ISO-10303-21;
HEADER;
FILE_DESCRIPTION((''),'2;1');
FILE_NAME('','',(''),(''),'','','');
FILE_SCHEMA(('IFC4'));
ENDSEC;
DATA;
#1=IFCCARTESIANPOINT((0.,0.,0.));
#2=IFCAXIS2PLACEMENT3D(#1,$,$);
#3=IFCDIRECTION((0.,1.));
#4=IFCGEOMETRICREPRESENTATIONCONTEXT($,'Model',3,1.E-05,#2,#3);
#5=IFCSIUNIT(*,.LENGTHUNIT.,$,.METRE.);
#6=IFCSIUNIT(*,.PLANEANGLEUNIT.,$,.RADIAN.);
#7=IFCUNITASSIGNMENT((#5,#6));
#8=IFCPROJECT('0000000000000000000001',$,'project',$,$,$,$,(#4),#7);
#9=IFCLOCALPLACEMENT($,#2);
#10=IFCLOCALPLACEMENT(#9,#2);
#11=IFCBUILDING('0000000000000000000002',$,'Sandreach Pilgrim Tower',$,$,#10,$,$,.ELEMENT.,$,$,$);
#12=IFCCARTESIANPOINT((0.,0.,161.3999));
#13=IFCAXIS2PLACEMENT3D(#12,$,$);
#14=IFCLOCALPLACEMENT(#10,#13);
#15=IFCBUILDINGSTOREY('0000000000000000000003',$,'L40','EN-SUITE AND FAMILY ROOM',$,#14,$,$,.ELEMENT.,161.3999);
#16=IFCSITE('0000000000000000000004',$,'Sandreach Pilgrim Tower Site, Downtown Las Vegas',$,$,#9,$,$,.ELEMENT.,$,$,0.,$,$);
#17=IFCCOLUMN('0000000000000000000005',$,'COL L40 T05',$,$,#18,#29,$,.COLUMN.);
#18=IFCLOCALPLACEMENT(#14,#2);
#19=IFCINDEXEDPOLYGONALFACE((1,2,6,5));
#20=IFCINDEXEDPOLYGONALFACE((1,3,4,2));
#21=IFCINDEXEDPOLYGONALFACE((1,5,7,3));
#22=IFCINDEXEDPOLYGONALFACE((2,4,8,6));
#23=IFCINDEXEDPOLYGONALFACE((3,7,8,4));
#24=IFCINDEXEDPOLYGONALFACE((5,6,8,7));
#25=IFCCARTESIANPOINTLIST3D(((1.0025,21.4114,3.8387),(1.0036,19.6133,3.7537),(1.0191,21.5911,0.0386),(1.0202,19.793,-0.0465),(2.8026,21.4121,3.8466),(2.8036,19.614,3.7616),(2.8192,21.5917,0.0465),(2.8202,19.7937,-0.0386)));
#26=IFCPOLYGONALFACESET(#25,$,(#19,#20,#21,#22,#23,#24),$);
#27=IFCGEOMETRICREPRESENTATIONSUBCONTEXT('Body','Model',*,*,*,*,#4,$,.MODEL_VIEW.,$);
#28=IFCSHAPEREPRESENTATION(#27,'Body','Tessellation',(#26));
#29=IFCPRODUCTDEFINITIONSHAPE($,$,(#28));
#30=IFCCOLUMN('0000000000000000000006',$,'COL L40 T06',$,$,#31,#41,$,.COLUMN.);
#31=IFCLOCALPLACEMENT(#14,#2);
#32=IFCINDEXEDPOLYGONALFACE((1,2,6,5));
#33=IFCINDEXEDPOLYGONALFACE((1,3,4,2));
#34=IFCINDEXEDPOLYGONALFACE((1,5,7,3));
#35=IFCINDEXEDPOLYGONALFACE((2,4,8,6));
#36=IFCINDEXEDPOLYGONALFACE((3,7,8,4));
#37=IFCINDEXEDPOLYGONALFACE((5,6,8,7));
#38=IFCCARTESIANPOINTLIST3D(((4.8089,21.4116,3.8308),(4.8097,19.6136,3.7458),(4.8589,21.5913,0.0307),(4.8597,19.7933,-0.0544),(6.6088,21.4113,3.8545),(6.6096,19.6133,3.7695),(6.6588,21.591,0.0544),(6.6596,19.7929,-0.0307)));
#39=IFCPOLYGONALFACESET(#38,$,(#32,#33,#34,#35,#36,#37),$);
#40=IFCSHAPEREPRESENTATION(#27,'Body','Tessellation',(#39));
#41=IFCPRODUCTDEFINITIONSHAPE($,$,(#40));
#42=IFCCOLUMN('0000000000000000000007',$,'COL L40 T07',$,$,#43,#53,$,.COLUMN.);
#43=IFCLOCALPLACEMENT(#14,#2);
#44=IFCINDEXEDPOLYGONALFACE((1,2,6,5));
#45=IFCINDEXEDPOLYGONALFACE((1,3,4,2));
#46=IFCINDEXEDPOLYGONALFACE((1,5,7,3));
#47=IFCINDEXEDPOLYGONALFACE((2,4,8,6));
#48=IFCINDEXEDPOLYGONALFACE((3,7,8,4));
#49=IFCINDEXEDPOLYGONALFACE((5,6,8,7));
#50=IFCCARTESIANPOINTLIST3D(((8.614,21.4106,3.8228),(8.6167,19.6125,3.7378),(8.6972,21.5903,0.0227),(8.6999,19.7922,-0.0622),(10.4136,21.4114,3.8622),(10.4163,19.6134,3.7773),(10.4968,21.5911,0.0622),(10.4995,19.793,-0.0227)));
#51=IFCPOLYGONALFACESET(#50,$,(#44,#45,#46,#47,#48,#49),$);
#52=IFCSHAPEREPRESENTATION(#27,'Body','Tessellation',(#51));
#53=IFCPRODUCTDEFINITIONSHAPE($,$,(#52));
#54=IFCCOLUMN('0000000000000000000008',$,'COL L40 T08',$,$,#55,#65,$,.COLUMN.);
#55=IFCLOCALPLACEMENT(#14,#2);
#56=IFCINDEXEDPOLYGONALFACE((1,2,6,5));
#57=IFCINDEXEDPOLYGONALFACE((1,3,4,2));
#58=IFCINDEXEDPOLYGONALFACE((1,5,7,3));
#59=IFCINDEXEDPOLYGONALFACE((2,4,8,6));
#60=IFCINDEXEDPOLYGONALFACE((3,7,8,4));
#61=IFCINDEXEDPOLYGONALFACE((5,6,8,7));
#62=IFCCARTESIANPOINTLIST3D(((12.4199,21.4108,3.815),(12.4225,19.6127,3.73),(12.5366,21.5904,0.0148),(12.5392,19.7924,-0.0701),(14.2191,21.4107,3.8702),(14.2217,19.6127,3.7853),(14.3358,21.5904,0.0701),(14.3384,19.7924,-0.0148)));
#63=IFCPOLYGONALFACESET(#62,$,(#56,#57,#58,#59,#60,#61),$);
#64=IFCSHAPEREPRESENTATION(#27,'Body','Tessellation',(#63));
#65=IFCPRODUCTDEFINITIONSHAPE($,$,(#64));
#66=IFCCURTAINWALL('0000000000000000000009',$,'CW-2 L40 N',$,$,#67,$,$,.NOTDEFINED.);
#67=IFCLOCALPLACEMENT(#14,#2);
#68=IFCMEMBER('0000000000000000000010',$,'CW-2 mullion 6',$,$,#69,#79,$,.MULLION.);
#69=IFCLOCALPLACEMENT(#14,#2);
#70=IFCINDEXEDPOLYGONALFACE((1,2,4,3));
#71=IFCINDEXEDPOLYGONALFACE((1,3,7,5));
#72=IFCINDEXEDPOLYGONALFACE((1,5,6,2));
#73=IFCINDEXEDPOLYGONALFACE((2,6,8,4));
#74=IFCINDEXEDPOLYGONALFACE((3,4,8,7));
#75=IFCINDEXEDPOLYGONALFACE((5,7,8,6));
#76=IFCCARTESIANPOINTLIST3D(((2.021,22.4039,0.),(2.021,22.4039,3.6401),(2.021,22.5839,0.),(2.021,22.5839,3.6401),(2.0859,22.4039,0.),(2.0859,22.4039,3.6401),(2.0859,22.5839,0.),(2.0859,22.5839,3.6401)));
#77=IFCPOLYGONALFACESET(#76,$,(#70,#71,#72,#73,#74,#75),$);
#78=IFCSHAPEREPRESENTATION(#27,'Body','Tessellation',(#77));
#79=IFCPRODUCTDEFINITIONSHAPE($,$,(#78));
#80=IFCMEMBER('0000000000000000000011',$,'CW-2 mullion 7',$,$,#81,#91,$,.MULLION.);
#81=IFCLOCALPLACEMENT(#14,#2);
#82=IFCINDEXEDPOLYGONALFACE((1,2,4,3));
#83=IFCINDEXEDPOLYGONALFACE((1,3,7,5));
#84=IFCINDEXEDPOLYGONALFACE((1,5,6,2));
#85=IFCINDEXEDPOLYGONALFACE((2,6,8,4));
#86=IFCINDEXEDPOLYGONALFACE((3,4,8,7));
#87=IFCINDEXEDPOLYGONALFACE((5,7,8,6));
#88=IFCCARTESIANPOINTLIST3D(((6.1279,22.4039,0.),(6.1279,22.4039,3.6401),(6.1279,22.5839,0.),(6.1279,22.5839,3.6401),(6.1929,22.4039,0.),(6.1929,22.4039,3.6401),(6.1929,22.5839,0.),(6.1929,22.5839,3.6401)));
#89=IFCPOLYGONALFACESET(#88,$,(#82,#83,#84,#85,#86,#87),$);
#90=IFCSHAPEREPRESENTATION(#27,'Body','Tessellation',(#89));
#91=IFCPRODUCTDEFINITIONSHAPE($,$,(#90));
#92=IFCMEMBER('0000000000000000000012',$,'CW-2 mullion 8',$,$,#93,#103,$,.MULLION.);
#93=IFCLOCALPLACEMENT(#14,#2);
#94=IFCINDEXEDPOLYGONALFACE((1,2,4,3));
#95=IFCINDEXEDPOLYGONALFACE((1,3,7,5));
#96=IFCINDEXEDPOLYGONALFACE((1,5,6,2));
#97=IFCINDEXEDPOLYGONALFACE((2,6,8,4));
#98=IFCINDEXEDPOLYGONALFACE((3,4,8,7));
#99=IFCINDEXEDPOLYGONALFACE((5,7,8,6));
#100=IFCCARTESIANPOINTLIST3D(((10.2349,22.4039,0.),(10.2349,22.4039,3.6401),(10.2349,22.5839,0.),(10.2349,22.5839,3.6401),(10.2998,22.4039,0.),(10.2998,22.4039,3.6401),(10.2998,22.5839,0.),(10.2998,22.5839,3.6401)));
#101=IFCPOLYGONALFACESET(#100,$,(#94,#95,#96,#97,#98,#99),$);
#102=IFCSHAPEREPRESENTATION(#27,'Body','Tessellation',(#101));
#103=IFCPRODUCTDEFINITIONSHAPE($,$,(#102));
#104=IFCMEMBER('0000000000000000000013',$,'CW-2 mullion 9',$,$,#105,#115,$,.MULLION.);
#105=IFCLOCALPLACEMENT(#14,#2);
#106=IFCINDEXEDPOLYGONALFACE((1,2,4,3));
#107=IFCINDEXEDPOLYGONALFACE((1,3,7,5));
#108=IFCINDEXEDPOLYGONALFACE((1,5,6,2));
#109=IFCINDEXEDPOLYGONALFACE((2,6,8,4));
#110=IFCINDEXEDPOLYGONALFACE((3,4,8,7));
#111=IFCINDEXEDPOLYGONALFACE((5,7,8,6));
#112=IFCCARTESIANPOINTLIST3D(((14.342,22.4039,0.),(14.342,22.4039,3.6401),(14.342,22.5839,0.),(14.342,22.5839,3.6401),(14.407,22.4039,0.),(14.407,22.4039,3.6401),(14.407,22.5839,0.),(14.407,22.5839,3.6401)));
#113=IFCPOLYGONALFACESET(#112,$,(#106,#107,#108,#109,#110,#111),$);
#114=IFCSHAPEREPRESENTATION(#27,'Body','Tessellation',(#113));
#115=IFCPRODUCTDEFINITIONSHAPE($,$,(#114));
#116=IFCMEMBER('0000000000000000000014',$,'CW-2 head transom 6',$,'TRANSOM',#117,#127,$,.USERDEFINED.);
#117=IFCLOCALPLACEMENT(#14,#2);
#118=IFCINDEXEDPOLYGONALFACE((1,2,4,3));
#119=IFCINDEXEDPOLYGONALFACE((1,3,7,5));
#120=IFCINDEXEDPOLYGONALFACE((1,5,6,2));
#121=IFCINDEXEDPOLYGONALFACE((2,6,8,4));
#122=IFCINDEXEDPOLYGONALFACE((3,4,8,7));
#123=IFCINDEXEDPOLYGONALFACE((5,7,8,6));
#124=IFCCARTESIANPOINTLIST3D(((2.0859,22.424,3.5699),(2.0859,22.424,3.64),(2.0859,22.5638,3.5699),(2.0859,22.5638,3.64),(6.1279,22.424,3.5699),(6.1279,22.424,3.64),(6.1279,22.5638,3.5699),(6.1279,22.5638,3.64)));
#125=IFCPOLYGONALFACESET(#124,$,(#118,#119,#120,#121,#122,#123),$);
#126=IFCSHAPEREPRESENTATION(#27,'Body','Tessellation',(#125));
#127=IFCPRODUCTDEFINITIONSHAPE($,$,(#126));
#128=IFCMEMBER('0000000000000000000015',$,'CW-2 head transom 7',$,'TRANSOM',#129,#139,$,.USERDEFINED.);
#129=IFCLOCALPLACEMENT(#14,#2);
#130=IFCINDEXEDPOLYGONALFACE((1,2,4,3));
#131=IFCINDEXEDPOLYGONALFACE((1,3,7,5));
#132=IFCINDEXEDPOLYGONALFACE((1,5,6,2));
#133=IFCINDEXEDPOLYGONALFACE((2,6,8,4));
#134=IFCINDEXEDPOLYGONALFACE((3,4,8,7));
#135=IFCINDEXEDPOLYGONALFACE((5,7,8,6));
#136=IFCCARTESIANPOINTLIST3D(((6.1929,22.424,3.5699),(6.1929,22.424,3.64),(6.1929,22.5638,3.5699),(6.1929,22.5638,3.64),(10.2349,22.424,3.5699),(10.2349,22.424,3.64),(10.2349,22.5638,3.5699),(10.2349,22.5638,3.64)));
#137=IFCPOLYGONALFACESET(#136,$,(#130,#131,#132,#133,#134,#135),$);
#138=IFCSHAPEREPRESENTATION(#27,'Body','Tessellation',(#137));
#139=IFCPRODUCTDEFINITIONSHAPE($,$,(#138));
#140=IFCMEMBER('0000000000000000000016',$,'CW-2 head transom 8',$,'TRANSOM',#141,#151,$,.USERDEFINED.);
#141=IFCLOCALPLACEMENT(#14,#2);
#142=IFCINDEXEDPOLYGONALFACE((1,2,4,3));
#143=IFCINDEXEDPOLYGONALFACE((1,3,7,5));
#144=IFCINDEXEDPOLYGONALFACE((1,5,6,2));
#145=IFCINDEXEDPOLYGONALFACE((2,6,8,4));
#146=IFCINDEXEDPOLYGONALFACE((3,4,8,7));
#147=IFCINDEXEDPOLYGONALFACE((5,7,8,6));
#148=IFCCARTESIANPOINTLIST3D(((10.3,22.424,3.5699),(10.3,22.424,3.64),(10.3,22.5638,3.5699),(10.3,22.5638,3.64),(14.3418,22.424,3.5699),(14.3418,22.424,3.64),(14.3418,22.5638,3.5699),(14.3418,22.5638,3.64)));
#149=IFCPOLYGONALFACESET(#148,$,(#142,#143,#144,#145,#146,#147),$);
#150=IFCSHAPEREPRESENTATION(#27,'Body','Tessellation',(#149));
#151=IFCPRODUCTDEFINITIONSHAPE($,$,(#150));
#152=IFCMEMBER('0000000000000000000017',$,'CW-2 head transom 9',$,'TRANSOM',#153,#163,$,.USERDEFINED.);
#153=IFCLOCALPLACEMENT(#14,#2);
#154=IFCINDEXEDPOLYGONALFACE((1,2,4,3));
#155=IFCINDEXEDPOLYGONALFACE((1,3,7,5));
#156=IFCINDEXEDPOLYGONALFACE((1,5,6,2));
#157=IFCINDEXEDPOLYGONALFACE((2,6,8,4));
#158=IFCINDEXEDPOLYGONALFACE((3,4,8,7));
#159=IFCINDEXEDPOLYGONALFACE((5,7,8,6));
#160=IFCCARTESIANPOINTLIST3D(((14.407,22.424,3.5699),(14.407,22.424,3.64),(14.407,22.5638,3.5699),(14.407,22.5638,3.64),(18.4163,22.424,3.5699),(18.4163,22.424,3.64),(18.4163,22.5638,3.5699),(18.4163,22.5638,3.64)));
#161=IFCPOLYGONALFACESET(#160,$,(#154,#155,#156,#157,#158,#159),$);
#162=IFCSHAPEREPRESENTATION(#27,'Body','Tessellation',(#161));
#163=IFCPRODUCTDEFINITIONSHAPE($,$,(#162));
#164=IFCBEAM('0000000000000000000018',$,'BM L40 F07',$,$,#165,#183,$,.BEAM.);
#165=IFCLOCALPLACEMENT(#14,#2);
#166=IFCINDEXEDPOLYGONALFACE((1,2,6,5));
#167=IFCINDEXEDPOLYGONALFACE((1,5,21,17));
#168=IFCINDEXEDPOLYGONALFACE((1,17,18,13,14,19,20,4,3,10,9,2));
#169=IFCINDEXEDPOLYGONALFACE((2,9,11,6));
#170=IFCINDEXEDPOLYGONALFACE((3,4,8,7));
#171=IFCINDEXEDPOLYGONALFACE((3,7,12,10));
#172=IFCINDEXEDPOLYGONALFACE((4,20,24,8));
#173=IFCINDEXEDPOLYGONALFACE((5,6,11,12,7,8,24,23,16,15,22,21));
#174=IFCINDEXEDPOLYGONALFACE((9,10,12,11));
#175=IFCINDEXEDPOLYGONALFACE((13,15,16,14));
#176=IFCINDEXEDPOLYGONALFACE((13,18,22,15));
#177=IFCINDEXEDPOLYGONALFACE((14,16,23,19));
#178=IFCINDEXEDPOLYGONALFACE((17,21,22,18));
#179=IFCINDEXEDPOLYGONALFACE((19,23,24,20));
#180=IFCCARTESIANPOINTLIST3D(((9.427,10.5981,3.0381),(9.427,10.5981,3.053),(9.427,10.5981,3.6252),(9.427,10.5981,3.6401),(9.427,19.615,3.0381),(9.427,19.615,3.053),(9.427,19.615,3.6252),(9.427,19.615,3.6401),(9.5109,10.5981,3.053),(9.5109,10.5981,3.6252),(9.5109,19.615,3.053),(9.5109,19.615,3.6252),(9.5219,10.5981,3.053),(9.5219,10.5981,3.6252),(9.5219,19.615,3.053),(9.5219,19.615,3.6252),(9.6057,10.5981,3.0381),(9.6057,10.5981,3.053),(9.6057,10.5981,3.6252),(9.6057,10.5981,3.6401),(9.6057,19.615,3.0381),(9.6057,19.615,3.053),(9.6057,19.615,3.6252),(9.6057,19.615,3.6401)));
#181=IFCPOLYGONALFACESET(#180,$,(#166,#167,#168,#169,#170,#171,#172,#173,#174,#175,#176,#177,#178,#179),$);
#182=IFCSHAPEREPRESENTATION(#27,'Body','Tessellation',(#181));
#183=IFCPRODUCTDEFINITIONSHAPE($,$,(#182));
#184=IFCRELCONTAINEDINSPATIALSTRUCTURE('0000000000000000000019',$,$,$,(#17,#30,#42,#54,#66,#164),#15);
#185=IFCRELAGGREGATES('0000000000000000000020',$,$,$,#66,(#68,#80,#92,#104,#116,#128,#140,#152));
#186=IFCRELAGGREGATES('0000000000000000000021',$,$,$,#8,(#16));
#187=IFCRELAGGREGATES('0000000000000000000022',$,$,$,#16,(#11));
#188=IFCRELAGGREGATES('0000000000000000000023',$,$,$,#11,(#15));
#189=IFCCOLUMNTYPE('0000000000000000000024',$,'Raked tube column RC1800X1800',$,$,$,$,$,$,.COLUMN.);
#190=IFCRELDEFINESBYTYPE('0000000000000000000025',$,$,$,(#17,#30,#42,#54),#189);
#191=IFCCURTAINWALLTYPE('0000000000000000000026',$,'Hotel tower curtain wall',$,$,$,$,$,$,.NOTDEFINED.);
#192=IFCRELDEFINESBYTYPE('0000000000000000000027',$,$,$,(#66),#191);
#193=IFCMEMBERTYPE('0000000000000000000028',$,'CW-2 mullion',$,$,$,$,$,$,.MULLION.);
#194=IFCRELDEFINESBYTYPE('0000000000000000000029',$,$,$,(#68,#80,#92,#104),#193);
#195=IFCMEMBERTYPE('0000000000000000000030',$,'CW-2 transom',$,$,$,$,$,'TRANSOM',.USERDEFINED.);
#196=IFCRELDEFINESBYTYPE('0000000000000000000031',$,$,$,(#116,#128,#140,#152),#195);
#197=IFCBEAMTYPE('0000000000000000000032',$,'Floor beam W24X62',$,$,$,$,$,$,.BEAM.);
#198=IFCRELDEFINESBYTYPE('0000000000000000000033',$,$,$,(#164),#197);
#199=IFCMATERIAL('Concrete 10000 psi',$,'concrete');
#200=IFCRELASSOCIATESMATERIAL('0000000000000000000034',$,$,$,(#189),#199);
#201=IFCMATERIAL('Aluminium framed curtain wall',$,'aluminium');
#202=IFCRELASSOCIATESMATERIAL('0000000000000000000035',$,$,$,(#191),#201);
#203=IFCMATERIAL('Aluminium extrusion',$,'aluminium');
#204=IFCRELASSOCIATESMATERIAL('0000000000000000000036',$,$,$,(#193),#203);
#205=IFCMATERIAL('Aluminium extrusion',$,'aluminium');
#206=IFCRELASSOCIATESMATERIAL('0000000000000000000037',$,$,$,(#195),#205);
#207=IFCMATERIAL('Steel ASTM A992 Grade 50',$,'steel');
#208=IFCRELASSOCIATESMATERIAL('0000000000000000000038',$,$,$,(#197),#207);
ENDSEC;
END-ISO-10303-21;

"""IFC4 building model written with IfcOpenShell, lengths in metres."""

from ifc_helpers import new_model, si_unit, direction, frame, origin, origin_2d, place, context, subcontext, project, spatial, rectangle, i_section, extrude, material, material_profile, profile_set, type_object, element, aggregate, save


model = new_model("IFC4")

# Units and contexts
model_context = context("Model", 3, precision=1e-05, world=origin(), true_north=direction((0.0, 1.0)))
body_context = subcontext(model_context, "Body", "Model", "MODEL_VIEW")
ifc_project = project(units=[si_unit("LENGTHUNIT", "METRE"), si_unit("PLANEANGLEUNIT", "RADIAN")], contexts=[model_context])

# Site, building, storey
site_placement = place(None, origin())
site = spatial("IfcSite", under=ifc_project, at=site_placement, Name="Sandreach Pilgrim Tower Site, Downtown Las Vegas", CompositionType="ELEMENT", RefElevation=0.0)
building_placement = place(site_placement, origin())
building = spatial("IfcBuilding", under=site, at=building_placement, Name="Sandreach Pilgrim Tower", CompositionType="ELEMENT")
storey_placement = place(building_placement, frame((0.0, 0.0, 161.3999)))
storey = spatial("IfcBuildingStorey", under=building, at=storey_placement, Name="L40", Description="EN-SUITE AND FAMILY ROOM", CompositionType="ELEMENT", Elevation=161.3999)

# Columns
ifc_material_1 = material(Name="Concrete 10000 psi", Category="concrete")
ifc_material_profile_1 = material_profile(ifc_material_1, rectangle(XDim=1.8, YDim=1.8, at=origin_2d()), Name="RC1800X1800")
ifc_profile_set_1 = profile_set([ifc_material_profile_1], Name="Concrete 10000 psi")
column_type = type_object("IfcColumnType", Name="Raked tube column RC1800X1800", PredefinedType="COLUMN", material=ifc_profile_set_1)
column_1_placement = place(storey_placement, frame((1.9197, 20.6924, 0.0), z_axis=(-0.004364, -0.047232, 0.998874), x_axis=(-0.000588, 0.998884, 0.04723)))
element("IfcColumn", 1, at=column_1_placement, inside=storey, type_object=column_type, Name="COL L40 T05", PredefinedType="COLUMN", context=body_context, shape_type="SweptSolid", body=[
    extrude(rectangle(XDim=1.8, YDim=1.8, at=origin_2d()), origin(), (0.0, 0.0, 1.0), 3.8044),
])
column_2_placement = place(storey_placement, frame((5.7593, 20.6921, 0.0), z_axis=(-0.013155, -0.047229, 0.998797), x_axis=(-0.000431, 0.998884, 0.047227)))
element("IfcColumn", 2, at=column_2_placement, inside=storey, type_object=column_type, Name="COL L40 T06", PredefinedType="COLUMN", context=body_context, shape_type="SweptSolid", body=[
    extrude(rectangle(XDim=1.8, YDim=1.8, at=origin_2d()), origin(), (0.0, 0.0, 1.0), 3.8047),
])
column_3_placement = place(storey_placement, frame((9.5984, 20.6917, 0.0), z_axis=(-0.021878, -0.047221, 0.998645), x_axis=(-0.001498, 0.998884, 0.0472)))
element("IfcColumn", 3, at=column_3_placement, inside=storey, type_object=column_type, Name="COL L40 T07", PredefinedType="COLUMN", context=body_context, shape_type="SweptSolid", body=[
    extrude(rectangle(XDim=1.8, YDim=1.8, at=origin_2d()), origin(), (0.0, 0.0, 1.0), 3.8052),
])
column_4_placement = place(storey_placement, frame((13.4375, 20.6914, 0.0), z_axis=(-0.030661, -0.047211, 0.998414), x_axis=(-0.00143, 0.998885, 0.047189)))
element("IfcColumn", 4, at=column_4_placement, inside=storey, type_object=column_type, Name="COL L40 T08", PredefinedType="COLUMN", context=body_context, shape_type="SweptSolid", body=[
    extrude(rectangle(XDim=1.8, YDim=1.8, at=origin_2d()), origin(), (0.0, 0.0, 1.0), 3.8062),
])

# Curtain wall, members
ifc_material_2 = material(Name="Aluminium framed curtain wall", Category="aluminium")
curtain_wall_type = type_object("IfcCurtainWallType", Name="Hotel tower curtain wall", PredefinedType="NOTDEFINED", material=ifc_material_2)
curtain_wall_placement = place(storey_placement, origin())
curtain_wall = element("IfcCurtainWall", 5, at=curtain_wall_placement, inside=storey, type_object=curtain_wall_type, Name="CW-2 L40 N", PredefinedType="NOTDEFINED")
ifc_material_3 = material(Name="Aluminium extrusion", Category="aluminium")
ifc_material_profile_2 = material_profile(ifc_material_3, rectangle(XDim=0.0649, YDim=0.1799, at=origin_2d()), Name="CW-2M 65X180")
ifc_profile_set_2 = profile_set([ifc_material_profile_2], Name="Aluminium extrusion")
member_type_1 = type_object("IfcMemberType", Name="CW-2 mullion", PredefinedType="MULLION", material=ifc_profile_set_2)
member_1_placement = place(storey_placement, frame((2.0535, 22.4939, 0.0), z_axis=(0.0, 0.0, 1.0), x_axis=(1.0, 0.0, 0.0)))
member_1 = element("IfcMember", 6, at=member_1_placement, type_object=member_type_1, Name="CW-2 mullion 6", PredefinedType="MULLION", context=body_context, shape_type="SweptSolid", body=[
    extrude(rectangle(XDim=0.0649, YDim=0.1799, at=origin_2d()), origin(), (0.0, 0.0, 1.0), 3.6401),
])
member_2_placement = place(storey_placement, frame((6.1604, 22.4939, 0.0), z_axis=(0.0, 0.0, 1.0), x_axis=(1.0, 0.0, 0.0)))
member_2 = element("IfcMember", 7, at=member_2_placement, type_object=member_type_1, Name="CW-2 mullion 7", PredefinedType="MULLION", context=body_context, shape_type="SweptSolid", body=[
    extrude(rectangle(XDim=0.0649, YDim=0.1799, at=origin_2d()), origin(), (0.0, 0.0, 1.0), 3.6401),
])
member_3_placement = place(storey_placement, frame((10.2673, 22.4939, 0.0), z_axis=(0.0, 0.0, 1.0), x_axis=(1.0, 0.0, 0.0)))
member_3 = element("IfcMember", 8, at=member_3_placement, type_object=member_type_1, Name="CW-2 mullion 8", PredefinedType="MULLION", context=body_context, shape_type="SweptSolid", body=[
    extrude(rectangle(XDim=0.0649, YDim=0.1799, at=origin_2d()), origin(), (0.0, 0.0, 1.0), 3.6401),
])
member_4_placement = place(storey_placement, frame((14.3745, 22.4939, 0.0), z_axis=(0.0, 0.0, 1.0), x_axis=(1.0, 0.0, 0.0)))
member_4 = element("IfcMember", 9, at=member_4_placement, type_object=member_type_1, Name="CW-2 mullion 9", PredefinedType="MULLION", context=body_context, shape_type="SweptSolid", body=[
    extrude(rectangle(XDim=0.0649, YDim=0.1799, at=origin_2d()), origin(), (0.0, 0.0, 1.0), 3.6401),
])
ifc_material_4 = material(Name="Aluminium extrusion", Category="aluminium")
ifc_material_profile_3 = material_profile(ifc_material_4, rectangle(XDim=0.1399, YDim=0.0701, at=origin_2d()), Name="CW-2T 140X70")
ifc_profile_set_3 = profile_set([ifc_material_profile_3], Name="Aluminium extrusion")
member_type_2 = type_object("IfcMemberType", Name="CW-2 transom", ElementType="TRANSOM", PredefinedType="USERDEFINED", material=ifc_profile_set_3)
member_5_placement = place(storey_placement, frame((2.0859, 22.4939, 3.605), z_axis=(1.0, 0.0, 0.0), x_axis=(0.0, 1.0, 0.0)))
member_5 = element("IfcMember", 10, at=member_5_placement, type_object=member_type_2, Name="CW-2 head transom 6", ObjectType="TRANSOM", PredefinedType="USERDEFINED", context=body_context, shape_type="SweptSolid", body=[
    extrude(rectangle(XDim=0.1399, YDim=0.0701, at=origin_2d()), origin(), (0.0, 0.0, 1.0), 4.042),
])
member_6_placement = place(storey_placement, frame((6.1929, 22.4939, 3.605), z_axis=(1.0, 0.0, 0.0), x_axis=(0.0, 1.0, 0.0)))
member_6 = element("IfcMember", 11, at=member_6_placement, type_object=member_type_2, Name="CW-2 head transom 7", ObjectType="TRANSOM", PredefinedType="USERDEFINED", context=body_context, shape_type="SweptSolid", body=[
    extrude(rectangle(XDim=0.1399, YDim=0.0701, at=origin_2d()), origin(), (0.0, 0.0, 1.0), 4.042),
])
member_7_placement = place(storey_placement, frame((10.3, 22.4939, 3.605), z_axis=(1.0, 0.0, 0.0), x_axis=(0.0, 1.0, 0.0)))
member_7 = element("IfcMember", 12, at=member_7_placement, type_object=member_type_2, Name="CW-2 head transom 8", ObjectType="TRANSOM", PredefinedType="USERDEFINED", context=body_context, shape_type="SweptSolid", body=[
    extrude(rectangle(XDim=0.1399, YDim=0.0701, at=origin_2d()), origin(), (0.0, 0.0, 1.0), 4.0417),
])
member_8_placement = place(storey_placement, frame((14.407, 22.4939, 3.605), z_axis=(1.0, 0.0, 0.0), x_axis=(0.0, 1.0, 0.0)))
member_8 = element("IfcMember", 13, at=member_8_placement, type_object=member_type_2, Name="CW-2 head transom 9", ObjectType="TRANSOM", PredefinedType="USERDEFINED", context=body_context, shape_type="SweptSolid", body=[
    extrude(rectangle(XDim=0.1399, YDim=0.0701, at=origin_2d()), origin(), (0.0, 0.0, 1.0), 4.0093),
])

# Beam
ifc_material_5 = material(Name="Steel ASTM A992 Grade 50", Category="steel")
ifc_material_profile_4 = material_profile(ifc_material_5, i_section(OverallWidth=0.1787, OverallDepth=0.6021, WebThickness=0.011, FlangeThickness=0.0149, at=origin_2d()), Name="W24X62")
ifc_profile_set_4 = profile_set([ifc_material_profile_4], Name="Steel ASTM A992 Grade 50")
beam_type_1 = type_object("IfcBeamType", Name="Floor beam W24X62", PredefinedType="BEAM", material=ifc_profile_set_4)
beam_1_placement = place(storey_placement, frame((9.5164, 19.615, 3.3391), z_axis=(0.0, -1.0, 0.0), x_axis=(1.0, 0.0, 0.0)))
element("IfcBeam", 14, at=beam_1_placement, inside=storey, type_object=beam_type_1, Name="BM L40 F07", PredefinedType="BEAM", context=body_context, shape_type="SweptSolid", body=[
    extrude(i_section(OverallWidth=0.1787, OverallDepth=0.6021, WebThickness=0.011, FlangeThickness=0.0149, at=origin_2d()), origin(), (0.0, 0.0, 1.0), 9.0168),
])

aggregate(curtain_wall, [member_1, member_2, member_3, member_4, member_5, member_6, member_7, member_8])

save(model, "model.ifc")
